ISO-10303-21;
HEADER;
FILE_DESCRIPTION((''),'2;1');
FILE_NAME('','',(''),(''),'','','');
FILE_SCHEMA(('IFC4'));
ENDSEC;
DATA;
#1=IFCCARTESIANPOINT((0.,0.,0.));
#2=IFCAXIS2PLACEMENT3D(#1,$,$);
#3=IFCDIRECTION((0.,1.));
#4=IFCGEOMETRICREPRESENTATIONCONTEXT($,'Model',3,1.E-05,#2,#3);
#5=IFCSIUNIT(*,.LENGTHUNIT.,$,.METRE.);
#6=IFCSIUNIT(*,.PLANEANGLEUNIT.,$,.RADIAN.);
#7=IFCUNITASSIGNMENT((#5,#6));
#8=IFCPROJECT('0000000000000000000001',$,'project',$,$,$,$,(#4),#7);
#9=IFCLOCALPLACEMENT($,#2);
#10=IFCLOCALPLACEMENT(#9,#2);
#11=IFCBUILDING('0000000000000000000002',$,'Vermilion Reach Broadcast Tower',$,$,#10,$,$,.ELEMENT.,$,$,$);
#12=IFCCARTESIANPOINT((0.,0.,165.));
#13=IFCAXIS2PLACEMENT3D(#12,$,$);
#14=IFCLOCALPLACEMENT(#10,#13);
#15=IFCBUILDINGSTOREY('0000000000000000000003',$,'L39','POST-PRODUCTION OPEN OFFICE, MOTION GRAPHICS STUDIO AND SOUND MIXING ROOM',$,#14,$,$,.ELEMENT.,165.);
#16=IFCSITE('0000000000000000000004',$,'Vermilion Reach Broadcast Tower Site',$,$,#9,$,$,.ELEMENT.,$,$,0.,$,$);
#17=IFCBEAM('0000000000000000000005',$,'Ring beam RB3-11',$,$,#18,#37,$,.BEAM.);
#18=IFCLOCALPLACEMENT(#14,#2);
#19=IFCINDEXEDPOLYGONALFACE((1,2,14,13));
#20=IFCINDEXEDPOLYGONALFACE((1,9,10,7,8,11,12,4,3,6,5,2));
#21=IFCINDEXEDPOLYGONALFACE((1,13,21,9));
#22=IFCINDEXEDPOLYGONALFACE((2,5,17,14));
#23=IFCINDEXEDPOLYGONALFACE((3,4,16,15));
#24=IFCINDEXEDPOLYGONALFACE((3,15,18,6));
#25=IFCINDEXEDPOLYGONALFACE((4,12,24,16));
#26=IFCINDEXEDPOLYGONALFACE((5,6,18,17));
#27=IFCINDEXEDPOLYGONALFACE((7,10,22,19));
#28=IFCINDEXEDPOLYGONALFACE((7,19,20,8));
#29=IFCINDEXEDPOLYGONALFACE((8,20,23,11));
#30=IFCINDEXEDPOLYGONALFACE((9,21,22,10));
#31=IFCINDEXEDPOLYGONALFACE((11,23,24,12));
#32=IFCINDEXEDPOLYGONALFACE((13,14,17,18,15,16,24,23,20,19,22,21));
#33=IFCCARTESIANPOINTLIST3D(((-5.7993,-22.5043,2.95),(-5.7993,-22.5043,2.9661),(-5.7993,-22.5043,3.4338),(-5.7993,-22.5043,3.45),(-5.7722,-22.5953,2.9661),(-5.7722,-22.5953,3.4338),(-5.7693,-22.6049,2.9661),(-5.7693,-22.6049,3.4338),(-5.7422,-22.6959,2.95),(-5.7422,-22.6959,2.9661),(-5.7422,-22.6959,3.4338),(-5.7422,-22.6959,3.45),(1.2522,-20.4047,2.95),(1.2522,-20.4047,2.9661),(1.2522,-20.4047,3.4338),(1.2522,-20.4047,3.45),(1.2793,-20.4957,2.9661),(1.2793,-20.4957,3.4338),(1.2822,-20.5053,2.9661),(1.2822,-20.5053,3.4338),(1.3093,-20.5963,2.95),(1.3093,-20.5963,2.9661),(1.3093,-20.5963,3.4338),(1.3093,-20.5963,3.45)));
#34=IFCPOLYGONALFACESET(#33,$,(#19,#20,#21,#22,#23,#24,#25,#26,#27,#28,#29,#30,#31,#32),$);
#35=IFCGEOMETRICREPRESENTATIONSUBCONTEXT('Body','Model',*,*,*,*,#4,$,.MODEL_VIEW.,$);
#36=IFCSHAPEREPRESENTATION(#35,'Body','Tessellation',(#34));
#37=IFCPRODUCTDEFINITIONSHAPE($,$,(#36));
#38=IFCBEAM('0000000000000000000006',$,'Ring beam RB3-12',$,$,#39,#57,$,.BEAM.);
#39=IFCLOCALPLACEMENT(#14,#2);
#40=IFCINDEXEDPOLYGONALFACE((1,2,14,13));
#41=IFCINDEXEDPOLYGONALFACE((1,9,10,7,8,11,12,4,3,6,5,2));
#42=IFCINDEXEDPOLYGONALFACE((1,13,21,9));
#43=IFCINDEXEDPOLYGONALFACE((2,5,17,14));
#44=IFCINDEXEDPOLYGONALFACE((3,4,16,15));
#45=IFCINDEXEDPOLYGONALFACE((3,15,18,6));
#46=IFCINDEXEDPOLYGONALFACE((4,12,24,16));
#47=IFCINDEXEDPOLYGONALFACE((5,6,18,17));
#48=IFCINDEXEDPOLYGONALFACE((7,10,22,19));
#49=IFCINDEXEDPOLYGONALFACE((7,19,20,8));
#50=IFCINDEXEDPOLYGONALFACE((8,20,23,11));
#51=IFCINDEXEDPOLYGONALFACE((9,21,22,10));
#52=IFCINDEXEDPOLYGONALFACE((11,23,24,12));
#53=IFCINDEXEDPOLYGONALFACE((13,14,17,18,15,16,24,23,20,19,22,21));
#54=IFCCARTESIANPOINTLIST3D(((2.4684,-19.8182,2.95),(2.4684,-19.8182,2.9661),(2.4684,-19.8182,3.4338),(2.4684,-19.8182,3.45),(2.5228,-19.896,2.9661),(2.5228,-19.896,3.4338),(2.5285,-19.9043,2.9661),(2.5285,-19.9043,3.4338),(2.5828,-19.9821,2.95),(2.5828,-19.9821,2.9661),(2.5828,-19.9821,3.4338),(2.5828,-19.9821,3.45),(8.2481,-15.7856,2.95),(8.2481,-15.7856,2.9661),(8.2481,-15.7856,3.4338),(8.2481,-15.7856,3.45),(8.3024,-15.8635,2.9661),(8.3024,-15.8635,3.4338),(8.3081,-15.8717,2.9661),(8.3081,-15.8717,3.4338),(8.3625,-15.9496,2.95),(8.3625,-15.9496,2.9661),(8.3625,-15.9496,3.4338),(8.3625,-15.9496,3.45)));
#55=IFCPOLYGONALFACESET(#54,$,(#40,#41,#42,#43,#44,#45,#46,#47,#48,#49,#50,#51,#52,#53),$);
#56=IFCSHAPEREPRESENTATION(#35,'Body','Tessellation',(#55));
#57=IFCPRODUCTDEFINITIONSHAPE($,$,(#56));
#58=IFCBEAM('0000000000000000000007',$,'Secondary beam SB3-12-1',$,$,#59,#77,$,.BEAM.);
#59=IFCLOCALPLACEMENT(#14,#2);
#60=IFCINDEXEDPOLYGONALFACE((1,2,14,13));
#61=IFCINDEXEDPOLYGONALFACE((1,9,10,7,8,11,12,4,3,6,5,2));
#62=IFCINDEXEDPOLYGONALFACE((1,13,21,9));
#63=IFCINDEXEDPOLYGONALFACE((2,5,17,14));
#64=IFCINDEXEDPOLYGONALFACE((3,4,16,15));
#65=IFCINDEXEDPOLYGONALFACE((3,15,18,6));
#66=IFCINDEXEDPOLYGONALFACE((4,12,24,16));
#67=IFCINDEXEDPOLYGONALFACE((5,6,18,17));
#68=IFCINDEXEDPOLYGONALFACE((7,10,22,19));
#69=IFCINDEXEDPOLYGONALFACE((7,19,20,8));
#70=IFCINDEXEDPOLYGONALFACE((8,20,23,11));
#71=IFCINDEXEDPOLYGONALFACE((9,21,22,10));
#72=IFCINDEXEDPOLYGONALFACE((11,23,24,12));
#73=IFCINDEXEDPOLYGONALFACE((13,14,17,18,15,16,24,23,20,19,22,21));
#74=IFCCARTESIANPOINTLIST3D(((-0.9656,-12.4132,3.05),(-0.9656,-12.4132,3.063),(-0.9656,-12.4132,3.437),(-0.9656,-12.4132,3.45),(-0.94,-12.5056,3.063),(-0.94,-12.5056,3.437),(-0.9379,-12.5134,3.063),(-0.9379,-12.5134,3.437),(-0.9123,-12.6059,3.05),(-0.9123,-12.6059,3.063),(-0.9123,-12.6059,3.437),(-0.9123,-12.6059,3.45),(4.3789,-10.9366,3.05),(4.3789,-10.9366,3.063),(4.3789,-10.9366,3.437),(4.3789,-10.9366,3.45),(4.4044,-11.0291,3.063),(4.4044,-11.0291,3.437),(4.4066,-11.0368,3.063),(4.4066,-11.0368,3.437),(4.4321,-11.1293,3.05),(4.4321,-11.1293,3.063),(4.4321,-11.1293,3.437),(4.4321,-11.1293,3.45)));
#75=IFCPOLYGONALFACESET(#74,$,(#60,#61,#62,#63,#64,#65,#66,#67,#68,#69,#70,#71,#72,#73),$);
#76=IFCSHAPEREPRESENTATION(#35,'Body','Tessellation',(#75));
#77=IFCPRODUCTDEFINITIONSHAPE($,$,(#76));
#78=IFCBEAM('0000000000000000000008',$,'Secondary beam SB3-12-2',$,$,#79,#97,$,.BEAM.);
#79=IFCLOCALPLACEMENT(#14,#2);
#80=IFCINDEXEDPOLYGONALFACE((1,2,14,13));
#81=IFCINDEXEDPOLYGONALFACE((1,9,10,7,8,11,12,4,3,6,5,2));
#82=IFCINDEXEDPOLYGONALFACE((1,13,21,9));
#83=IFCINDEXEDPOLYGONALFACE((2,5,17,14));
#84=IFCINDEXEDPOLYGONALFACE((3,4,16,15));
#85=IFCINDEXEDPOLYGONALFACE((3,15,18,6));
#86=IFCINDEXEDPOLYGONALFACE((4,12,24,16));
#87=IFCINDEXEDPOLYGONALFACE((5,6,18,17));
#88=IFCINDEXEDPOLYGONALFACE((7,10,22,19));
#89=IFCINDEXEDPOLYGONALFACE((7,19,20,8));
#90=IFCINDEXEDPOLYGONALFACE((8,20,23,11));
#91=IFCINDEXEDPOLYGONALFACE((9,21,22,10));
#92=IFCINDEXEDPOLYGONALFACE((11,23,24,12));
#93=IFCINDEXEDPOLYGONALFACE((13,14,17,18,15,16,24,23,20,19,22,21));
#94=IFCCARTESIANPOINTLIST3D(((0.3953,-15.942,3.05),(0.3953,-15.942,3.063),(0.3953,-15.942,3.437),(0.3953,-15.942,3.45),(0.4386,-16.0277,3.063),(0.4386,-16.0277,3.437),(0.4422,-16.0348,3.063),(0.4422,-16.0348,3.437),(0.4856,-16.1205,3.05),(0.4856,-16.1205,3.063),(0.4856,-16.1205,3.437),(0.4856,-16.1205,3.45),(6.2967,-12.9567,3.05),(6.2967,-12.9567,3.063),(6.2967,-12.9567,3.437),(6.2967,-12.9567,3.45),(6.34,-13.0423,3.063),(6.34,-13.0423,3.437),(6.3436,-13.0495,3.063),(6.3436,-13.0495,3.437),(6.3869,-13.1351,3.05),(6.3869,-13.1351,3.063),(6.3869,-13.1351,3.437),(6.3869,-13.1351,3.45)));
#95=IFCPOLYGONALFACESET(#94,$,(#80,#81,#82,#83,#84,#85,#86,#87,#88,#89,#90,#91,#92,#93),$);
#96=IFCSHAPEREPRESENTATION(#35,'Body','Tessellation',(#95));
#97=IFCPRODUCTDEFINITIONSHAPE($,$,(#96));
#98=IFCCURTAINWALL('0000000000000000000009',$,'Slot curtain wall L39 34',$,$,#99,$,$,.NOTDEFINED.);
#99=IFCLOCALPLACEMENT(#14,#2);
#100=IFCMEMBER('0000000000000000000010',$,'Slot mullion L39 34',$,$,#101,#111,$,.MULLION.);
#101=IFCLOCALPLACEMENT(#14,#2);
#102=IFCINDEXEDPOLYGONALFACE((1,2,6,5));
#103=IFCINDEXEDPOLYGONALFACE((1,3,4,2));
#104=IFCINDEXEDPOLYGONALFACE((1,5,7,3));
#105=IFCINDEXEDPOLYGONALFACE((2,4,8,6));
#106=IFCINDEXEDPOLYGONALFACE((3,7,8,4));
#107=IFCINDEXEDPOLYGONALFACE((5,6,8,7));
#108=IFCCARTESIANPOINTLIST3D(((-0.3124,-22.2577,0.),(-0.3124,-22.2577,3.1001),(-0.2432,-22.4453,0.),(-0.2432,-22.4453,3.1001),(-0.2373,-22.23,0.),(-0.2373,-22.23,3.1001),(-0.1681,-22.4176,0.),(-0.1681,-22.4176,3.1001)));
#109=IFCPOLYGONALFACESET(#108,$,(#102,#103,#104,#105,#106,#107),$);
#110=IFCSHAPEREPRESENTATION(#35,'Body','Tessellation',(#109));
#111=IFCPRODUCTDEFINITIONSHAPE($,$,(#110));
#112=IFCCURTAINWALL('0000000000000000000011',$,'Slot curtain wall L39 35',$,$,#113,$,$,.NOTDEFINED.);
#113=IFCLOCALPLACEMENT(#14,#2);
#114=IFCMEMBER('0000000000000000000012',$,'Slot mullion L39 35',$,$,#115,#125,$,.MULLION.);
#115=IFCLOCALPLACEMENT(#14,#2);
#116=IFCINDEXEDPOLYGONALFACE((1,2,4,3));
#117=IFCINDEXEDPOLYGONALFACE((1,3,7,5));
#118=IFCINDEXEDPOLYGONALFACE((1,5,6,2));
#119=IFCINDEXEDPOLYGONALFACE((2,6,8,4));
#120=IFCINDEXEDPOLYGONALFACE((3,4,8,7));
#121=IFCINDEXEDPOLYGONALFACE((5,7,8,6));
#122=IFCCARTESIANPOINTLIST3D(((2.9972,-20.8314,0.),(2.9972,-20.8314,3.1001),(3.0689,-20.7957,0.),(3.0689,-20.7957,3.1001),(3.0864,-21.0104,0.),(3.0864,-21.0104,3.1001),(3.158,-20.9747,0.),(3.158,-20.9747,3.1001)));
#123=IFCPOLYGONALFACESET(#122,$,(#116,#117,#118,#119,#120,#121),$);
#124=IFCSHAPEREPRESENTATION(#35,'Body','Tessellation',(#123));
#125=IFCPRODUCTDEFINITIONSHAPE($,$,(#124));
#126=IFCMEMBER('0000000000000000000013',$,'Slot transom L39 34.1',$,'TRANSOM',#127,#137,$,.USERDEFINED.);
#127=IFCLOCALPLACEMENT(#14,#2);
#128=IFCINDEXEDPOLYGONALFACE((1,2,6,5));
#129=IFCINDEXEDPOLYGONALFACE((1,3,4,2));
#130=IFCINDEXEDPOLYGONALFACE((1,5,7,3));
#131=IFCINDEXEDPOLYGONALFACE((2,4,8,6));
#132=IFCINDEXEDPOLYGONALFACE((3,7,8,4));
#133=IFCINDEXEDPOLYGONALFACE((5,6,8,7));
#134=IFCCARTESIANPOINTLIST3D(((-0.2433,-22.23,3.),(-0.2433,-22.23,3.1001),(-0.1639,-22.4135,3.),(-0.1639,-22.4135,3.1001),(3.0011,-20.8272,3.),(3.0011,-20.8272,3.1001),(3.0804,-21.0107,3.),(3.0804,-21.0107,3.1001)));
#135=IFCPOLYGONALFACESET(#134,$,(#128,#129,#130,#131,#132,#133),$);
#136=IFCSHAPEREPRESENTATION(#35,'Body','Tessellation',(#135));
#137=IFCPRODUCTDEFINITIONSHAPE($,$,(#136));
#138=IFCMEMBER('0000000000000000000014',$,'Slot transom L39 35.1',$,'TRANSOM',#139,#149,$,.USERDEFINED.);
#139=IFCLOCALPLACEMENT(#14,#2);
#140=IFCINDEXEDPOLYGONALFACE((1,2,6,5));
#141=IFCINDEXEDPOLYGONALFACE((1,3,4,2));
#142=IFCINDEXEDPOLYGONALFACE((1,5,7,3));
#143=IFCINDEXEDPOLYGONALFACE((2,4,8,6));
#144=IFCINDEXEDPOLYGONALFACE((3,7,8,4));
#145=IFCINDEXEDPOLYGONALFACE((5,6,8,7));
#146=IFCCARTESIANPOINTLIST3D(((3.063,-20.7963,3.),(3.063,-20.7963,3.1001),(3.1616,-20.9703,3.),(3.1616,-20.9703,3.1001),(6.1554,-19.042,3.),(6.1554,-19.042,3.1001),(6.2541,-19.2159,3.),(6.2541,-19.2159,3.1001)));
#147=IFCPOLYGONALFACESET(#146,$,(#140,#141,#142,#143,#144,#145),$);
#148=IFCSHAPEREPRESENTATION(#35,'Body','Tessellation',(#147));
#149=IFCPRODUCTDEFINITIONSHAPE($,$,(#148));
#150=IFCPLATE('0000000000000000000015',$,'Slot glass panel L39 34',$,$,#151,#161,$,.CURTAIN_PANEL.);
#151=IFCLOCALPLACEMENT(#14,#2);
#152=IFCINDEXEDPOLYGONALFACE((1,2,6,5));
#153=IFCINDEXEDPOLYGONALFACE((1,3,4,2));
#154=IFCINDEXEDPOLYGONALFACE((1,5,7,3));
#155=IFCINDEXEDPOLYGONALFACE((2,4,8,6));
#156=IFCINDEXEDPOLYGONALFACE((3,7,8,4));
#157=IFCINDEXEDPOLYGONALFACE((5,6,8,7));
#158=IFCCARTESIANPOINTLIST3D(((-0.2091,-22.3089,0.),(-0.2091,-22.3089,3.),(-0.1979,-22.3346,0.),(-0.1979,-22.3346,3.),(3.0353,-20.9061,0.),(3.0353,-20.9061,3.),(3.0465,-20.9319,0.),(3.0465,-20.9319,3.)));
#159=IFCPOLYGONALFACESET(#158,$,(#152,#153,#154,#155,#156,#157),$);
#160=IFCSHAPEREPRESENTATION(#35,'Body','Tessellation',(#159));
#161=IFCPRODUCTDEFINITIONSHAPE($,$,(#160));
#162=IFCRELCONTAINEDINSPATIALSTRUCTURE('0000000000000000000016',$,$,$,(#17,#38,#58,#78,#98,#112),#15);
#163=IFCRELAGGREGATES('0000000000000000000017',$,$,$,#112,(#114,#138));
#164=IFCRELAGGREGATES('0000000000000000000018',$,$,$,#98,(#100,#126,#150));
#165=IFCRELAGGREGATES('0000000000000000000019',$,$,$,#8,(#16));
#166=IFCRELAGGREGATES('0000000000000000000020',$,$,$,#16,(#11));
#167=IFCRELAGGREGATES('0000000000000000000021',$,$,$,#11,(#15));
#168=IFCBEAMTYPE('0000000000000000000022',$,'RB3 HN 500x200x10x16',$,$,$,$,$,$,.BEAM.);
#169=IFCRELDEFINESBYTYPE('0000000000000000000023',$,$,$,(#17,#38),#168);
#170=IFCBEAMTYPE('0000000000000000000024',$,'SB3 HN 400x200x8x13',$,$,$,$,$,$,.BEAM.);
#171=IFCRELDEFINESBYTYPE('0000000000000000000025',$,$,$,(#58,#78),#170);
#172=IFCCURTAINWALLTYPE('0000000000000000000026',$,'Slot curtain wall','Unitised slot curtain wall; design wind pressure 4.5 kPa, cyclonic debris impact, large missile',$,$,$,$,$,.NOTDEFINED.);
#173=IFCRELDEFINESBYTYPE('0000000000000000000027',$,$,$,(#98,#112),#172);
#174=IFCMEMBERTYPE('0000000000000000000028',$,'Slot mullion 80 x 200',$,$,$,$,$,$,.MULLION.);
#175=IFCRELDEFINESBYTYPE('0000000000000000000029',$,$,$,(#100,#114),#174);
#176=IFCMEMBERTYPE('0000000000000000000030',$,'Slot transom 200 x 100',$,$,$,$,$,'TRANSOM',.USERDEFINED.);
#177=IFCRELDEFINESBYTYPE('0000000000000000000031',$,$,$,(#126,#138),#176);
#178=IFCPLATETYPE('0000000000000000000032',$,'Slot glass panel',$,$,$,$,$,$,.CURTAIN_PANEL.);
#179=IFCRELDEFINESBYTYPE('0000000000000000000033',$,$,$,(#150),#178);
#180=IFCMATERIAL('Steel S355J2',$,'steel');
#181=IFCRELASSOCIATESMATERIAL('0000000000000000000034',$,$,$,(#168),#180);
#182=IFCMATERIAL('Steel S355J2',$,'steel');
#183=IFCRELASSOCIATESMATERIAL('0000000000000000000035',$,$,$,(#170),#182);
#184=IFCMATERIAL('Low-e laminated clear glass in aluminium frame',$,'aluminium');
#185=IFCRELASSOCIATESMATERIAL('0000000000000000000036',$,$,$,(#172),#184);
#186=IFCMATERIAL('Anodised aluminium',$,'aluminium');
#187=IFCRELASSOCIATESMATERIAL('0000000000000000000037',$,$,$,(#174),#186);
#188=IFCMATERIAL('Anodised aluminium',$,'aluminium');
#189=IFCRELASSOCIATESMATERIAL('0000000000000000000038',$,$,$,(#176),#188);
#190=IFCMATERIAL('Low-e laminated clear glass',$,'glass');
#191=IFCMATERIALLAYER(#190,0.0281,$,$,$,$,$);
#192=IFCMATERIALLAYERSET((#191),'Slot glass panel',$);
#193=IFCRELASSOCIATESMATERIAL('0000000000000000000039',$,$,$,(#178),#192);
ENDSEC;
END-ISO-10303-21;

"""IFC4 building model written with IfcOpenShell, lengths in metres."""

from ifc_helpers import new_model, si_unit, direction, frame, origin, origin_2d, place, context, subcontext, project, spatial, rectangle, i_section, extrude, material, layer, layer_set, material_profile, profile_set, type_object, element, aggregate, save


model = new_model("IFC4")

# Units and contexts
model_context = context("Model", 3, precision=1e-05, world=origin(), true_north=direction((0.0, 1.0)))
body_context = subcontext(model_context, "Body", "Model", "MODEL_VIEW")
ifc_project = project(units=[si_unit("LENGTHUNIT", "METRE"), si_unit("PLANEANGLEUNIT", "RADIAN")], contexts=[model_context])

# Site, building, storey
site_placement = place(None, origin())
site = spatial("IfcSite", under=ifc_project, at=site_placement, Name="Vermilion Reach Broadcast Tower Site", CompositionType="ELEMENT", RefElevation=0.0)
building_placement = place(site_placement, origin())
building = spatial("IfcBuilding", under=site, at=building_placement, Name="Vermilion Reach Broadcast Tower", CompositionType="ELEMENT")
storey_placement = place(building_placement, frame((0.0, 0.0, 165.0)))
storey = spatial("IfcBuildingStorey", under=building, at=storey_placement, Name="L39", Description="POST-PRODUCTION OPEN OFFICE, MOTION GRAPHICS STUDIO AND SOUND MIXING ROOM", CompositionType="ELEMENT", Elevation=165.0)

# Beams
ifc_material_1 = material(Name="Steel S355J2", Category="steel")
ifc_material_profile_1 = material_profile(ifc_material_1, i_section(OverallWidth=0.2, OverallDepth=0.5, WebThickness=0.01, FlangeThickness=0.0161, at=origin_2d()), Name="S355J2 HN 500x200x10x16")
ifc_profile_set_1 = profile_set([ifc_material_profile_1], Name="Steel S355J2")
beam_type_1 = type_object("IfcBeamType", Name="RB3 HN 500x200x10x16", PredefinedType="BEAM", material=ifc_profile_set_1)
beam_1_placement = place(storey_placement, frame((-5.7708, -22.6001, 3.2), z_axis=(0.958417, 0.285372, 0.0), x_axis=(-0.285372, 0.958417, 0.0)))
element("IfcBeam", 1, at=beam_1_placement, inside=storey, type_object=beam_type_1, Name="Ring beam RB3-11", PredefinedType="BEAM", context=body_context, shape_type="SweptSolid", body=[
    extrude(i_section(OverallWidth=0.2, OverallDepth=0.5, WebThickness=0.01, FlangeThickness=0.0161, at=origin_2d()), origin(), (0.0, 0.0, 1.0), 7.3574),
])
beam_2_placement = place(storey_placement, frame((2.5256, -19.9001, 3.2), z_axis=(0.820111, 0.572204, 0.0), x_axis=(-0.572204, 0.820111, 0.0)))
element("IfcBeam", 2, at=beam_2_placement, inside=storey, type_object=beam_type_1, Name="Ring beam RB3-12", PredefinedType="BEAM", context=body_context, shape_type="SweptSolid", body=[
    extrude(i_section(OverallWidth=0.2, OverallDepth=0.5, WebThickness=0.01, FlangeThickness=0.0161, at=origin_2d()), origin(), (0.0, 0.0, 1.0), 7.0474),
])
ifc_material_2 = material(Name="Steel S355J2", Category="steel")
ifc_material_profile_2 = material_profile(ifc_material_2, i_section(OverallWidth=0.2, OverallDepth=0.3999, WebThickness=0.0081, FlangeThickness=0.0129, at=origin_2d()), Name="S355J2 HN 400x200x8x13")
ifc_profile_set_2 = profile_set([ifc_material_profile_2], Name="Steel S355J2")
beam_type_2 = type_object("IfcBeamType", Name="SB3 HN 400x200x8x13", PredefinedType="BEAM", material=ifc_profile_set_2)
beam_3_placement = place(storey_placement, frame((-0.939, -12.5095, 3.25), z_axis=(0.96389, 0.266301, 0.0), x_axis=(-0.266301, 0.96389, 0.0)))
element("IfcBeam", 3, at=beam_3_placement, inside=storey, type_object=beam_type_2, Name="Secondary beam SB3-12-1", PredefinedType="BEAM", context=body_context, shape_type="SweptSolid", body=[
    extrude(i_section(OverallWidth=0.2, OverallDepth=0.3999, WebThickness=0.0081, FlangeThickness=0.0129, at=origin_2d()), origin(), (0.0, 0.0, 1.0), 5.5447),
])
beam_4_placement = place(storey_placement, frame((0.4404, -16.0312, 3.25), z_axis=(0.892321, 0.451402, 0.0), x_axis=(-0.451402, 0.892321, 0.0)))
element("IfcBeam", 4, at=beam_4_placement, inside=storey, type_object=beam_type_2, Name="Secondary beam SB3-12-2", PredefinedType="BEAM", context=body_context, shape_type="SweptSolid", body=[
    extrude(i_section(OverallWidth=0.2, OverallDepth=0.3999, WebThickness=0.0081, FlangeThickness=0.0129, at=origin_2d()), origin(), (0.0, 0.0, 1.0), 6.6135),
])

# Curtain walls, members
ifc_material_3 = material(Name="Low-e laminated clear glass in aluminium frame", Category="aluminium")
curtain_wall_type = type_object("IfcCurtainWallType", Name="Slot curtain wall", Description="Unitised slot curtain wall; design wind pressure 4.5 kPa, cyclonic debris impact, large missile", PredefinedType="NOTDEFINED", material=ifc_material_3)
placement = place(storey_placement, origin())
curtain_wall_1 = element("IfcCurtainWall", 5, at=placement, inside=storey, type_object=curtain_wall_type, Name="Slot curtain wall L39 34", PredefinedType="NOTDEFINED")
ifc_material_4 = material(Name="Anodised aluminium", Category="aluminium")
ifc_material_profile_3 = material_profile(ifc_material_4, rectangle(XDim=0.2, YDim=0.0801, at=origin_2d()), Name="Slot mullion 80 x 200")
ifc_profile_set_3 = profile_set([ifc_material_profile_3], Name="Anodised aluminium")
member_type_1 = type_object("IfcMemberType", Name="Slot mullion 80 x 200", PredefinedType="MULLION", material=ifc_profile_set_3)
member_1_placement = place(storey_placement, frame((-0.2402, -22.3376, 0.0), z_axis=(0.0, 0.0, 1.0), x_axis=(-0.345937, 0.938258, 0.0)))
member_1 = element("IfcMember", 6, at=member_1_placement, type_object=member_type_1, Name="Slot mullion L39 34", PredefinedType="MULLION", context=body_context, shape_type="SweptSolid", body=[
    extrude(rectangle(XDim=0.2, YDim=0.0801, at=origin_2d()), origin(), (0.0, 0.0, 1.0), 3.1001),
])
curtain_wall_2 = element("IfcCurtainWall", 7, at=placement, inside=storey, type_object=curtain_wall_type, Name="Slot curtain wall L39 35", PredefinedType="NOTDEFINED")
member_2_placement = place(storey_placement, frame((3.0776, -20.9031, 0.0), z_axis=(0.0, 0.0, 1.0), x_axis=(-0.445793, 0.895136, 0.0)))
member_2 = element("IfcMember", 8, at=member_2_placement, type_object=member_type_1, Name="Slot mullion L39 35", PredefinedType="MULLION", context=body_context, shape_type="SweptSolid", body=[
    extrude(rectangle(XDim=0.2, YDim=0.0801, at=origin_2d()), origin(), (0.0, 0.0, 1.0), 3.1001),
])

# Members
ifc_material_5 = material(Name="Anodised aluminium", Category="aluminium")
ifc_material_profile_4 = material_profile(ifc_material_5, rectangle(XDim=0.2, YDim=0.1001, at=origin_2d()), Name="Slot transom 200 x 100")
ifc_profile_set_4 = profile_set([ifc_material_profile_4], Name="Anodised aluminium")
member_type_2 = type_object("IfcMemberType", Name="Slot transom 200 x 100", ElementType="TRANSOM", PredefinedType="USERDEFINED", material=ifc_profile_set_4)
member_3_placement = place(storey_placement, frame((-0.2036, -22.3218, 3.05), z_axis=(0.917872, 0.396877, 0.0), x_axis=(-0.396877, 0.917872, 0.0)))
member_3 = element("IfcMember", 9, at=member_3_placement, type_object=member_type_2, Name="Slot transom L39 34.1", ObjectType="TRANSOM", PredefinedType="USERDEFINED", context=body_context, shape_type="SweptSolid", body=[
    extrude(rectangle(XDim=0.2, YDim=0.1001, at=origin_2d()), origin(), (0.0, 0.0, 1.0), 3.5347),
])
member_4_placement = place(storey_placement, frame((3.1123, -20.8833, 3.05), z_axis=(0.869785, 0.49343, 0.0), x_axis=(-0.49343, 0.869785, 0.0)))
member_4 = element("IfcMember", 10, at=member_4_placement, type_object=member_type_2, Name="Slot transom L39 35.1", ObjectType="TRANSOM", PredefinedType="USERDEFINED", context=body_context, shape_type="SweptSolid", body=[
    extrude(rectangle(XDim=0.2, YDim=0.1001, at=origin_2d()), origin(), (0.0, 0.0, 1.0), 3.5554),
])
aggregate(curtain_wall_2, [member_2, member_4])

# Plate
ifc_material_6 = material(Name="Low-e laminated clear glass", Category="glass")
ifc_layer_1 = layer(ifc_material_6, 0.0281)
ifc_layer_set_1 = layer_set([ifc_layer_1], Name="Slot glass panel")
plate_type = type_object("IfcPlateType", Name="Slot glass panel", PredefinedType="CURTAIN_PANEL", material=ifc_layer_set_1)
plate_placement = place(storey_placement, frame((1.4187, -21.6204, 0.0), z_axis=(0.0, 0.0, 1.0), x_axis=(0.917876, 0.396867, 0.0)))
plate = element("IfcPlate", 11, at=plate_placement, type_object=plate_type, Name="Slot glass panel L39 34", PredefinedType="CURTAIN_PANEL", context=body_context, shape_type="SweptSolid", body=[
    extrude(rectangle(XDim=3.5347, YDim=0.0281, at=origin_2d()), origin(), (0.0, 0.0, 1.0), 3.0),
])
aggregate(curtain_wall_1, [member_1, member_3, plate])

save(model, "model.ifc")
